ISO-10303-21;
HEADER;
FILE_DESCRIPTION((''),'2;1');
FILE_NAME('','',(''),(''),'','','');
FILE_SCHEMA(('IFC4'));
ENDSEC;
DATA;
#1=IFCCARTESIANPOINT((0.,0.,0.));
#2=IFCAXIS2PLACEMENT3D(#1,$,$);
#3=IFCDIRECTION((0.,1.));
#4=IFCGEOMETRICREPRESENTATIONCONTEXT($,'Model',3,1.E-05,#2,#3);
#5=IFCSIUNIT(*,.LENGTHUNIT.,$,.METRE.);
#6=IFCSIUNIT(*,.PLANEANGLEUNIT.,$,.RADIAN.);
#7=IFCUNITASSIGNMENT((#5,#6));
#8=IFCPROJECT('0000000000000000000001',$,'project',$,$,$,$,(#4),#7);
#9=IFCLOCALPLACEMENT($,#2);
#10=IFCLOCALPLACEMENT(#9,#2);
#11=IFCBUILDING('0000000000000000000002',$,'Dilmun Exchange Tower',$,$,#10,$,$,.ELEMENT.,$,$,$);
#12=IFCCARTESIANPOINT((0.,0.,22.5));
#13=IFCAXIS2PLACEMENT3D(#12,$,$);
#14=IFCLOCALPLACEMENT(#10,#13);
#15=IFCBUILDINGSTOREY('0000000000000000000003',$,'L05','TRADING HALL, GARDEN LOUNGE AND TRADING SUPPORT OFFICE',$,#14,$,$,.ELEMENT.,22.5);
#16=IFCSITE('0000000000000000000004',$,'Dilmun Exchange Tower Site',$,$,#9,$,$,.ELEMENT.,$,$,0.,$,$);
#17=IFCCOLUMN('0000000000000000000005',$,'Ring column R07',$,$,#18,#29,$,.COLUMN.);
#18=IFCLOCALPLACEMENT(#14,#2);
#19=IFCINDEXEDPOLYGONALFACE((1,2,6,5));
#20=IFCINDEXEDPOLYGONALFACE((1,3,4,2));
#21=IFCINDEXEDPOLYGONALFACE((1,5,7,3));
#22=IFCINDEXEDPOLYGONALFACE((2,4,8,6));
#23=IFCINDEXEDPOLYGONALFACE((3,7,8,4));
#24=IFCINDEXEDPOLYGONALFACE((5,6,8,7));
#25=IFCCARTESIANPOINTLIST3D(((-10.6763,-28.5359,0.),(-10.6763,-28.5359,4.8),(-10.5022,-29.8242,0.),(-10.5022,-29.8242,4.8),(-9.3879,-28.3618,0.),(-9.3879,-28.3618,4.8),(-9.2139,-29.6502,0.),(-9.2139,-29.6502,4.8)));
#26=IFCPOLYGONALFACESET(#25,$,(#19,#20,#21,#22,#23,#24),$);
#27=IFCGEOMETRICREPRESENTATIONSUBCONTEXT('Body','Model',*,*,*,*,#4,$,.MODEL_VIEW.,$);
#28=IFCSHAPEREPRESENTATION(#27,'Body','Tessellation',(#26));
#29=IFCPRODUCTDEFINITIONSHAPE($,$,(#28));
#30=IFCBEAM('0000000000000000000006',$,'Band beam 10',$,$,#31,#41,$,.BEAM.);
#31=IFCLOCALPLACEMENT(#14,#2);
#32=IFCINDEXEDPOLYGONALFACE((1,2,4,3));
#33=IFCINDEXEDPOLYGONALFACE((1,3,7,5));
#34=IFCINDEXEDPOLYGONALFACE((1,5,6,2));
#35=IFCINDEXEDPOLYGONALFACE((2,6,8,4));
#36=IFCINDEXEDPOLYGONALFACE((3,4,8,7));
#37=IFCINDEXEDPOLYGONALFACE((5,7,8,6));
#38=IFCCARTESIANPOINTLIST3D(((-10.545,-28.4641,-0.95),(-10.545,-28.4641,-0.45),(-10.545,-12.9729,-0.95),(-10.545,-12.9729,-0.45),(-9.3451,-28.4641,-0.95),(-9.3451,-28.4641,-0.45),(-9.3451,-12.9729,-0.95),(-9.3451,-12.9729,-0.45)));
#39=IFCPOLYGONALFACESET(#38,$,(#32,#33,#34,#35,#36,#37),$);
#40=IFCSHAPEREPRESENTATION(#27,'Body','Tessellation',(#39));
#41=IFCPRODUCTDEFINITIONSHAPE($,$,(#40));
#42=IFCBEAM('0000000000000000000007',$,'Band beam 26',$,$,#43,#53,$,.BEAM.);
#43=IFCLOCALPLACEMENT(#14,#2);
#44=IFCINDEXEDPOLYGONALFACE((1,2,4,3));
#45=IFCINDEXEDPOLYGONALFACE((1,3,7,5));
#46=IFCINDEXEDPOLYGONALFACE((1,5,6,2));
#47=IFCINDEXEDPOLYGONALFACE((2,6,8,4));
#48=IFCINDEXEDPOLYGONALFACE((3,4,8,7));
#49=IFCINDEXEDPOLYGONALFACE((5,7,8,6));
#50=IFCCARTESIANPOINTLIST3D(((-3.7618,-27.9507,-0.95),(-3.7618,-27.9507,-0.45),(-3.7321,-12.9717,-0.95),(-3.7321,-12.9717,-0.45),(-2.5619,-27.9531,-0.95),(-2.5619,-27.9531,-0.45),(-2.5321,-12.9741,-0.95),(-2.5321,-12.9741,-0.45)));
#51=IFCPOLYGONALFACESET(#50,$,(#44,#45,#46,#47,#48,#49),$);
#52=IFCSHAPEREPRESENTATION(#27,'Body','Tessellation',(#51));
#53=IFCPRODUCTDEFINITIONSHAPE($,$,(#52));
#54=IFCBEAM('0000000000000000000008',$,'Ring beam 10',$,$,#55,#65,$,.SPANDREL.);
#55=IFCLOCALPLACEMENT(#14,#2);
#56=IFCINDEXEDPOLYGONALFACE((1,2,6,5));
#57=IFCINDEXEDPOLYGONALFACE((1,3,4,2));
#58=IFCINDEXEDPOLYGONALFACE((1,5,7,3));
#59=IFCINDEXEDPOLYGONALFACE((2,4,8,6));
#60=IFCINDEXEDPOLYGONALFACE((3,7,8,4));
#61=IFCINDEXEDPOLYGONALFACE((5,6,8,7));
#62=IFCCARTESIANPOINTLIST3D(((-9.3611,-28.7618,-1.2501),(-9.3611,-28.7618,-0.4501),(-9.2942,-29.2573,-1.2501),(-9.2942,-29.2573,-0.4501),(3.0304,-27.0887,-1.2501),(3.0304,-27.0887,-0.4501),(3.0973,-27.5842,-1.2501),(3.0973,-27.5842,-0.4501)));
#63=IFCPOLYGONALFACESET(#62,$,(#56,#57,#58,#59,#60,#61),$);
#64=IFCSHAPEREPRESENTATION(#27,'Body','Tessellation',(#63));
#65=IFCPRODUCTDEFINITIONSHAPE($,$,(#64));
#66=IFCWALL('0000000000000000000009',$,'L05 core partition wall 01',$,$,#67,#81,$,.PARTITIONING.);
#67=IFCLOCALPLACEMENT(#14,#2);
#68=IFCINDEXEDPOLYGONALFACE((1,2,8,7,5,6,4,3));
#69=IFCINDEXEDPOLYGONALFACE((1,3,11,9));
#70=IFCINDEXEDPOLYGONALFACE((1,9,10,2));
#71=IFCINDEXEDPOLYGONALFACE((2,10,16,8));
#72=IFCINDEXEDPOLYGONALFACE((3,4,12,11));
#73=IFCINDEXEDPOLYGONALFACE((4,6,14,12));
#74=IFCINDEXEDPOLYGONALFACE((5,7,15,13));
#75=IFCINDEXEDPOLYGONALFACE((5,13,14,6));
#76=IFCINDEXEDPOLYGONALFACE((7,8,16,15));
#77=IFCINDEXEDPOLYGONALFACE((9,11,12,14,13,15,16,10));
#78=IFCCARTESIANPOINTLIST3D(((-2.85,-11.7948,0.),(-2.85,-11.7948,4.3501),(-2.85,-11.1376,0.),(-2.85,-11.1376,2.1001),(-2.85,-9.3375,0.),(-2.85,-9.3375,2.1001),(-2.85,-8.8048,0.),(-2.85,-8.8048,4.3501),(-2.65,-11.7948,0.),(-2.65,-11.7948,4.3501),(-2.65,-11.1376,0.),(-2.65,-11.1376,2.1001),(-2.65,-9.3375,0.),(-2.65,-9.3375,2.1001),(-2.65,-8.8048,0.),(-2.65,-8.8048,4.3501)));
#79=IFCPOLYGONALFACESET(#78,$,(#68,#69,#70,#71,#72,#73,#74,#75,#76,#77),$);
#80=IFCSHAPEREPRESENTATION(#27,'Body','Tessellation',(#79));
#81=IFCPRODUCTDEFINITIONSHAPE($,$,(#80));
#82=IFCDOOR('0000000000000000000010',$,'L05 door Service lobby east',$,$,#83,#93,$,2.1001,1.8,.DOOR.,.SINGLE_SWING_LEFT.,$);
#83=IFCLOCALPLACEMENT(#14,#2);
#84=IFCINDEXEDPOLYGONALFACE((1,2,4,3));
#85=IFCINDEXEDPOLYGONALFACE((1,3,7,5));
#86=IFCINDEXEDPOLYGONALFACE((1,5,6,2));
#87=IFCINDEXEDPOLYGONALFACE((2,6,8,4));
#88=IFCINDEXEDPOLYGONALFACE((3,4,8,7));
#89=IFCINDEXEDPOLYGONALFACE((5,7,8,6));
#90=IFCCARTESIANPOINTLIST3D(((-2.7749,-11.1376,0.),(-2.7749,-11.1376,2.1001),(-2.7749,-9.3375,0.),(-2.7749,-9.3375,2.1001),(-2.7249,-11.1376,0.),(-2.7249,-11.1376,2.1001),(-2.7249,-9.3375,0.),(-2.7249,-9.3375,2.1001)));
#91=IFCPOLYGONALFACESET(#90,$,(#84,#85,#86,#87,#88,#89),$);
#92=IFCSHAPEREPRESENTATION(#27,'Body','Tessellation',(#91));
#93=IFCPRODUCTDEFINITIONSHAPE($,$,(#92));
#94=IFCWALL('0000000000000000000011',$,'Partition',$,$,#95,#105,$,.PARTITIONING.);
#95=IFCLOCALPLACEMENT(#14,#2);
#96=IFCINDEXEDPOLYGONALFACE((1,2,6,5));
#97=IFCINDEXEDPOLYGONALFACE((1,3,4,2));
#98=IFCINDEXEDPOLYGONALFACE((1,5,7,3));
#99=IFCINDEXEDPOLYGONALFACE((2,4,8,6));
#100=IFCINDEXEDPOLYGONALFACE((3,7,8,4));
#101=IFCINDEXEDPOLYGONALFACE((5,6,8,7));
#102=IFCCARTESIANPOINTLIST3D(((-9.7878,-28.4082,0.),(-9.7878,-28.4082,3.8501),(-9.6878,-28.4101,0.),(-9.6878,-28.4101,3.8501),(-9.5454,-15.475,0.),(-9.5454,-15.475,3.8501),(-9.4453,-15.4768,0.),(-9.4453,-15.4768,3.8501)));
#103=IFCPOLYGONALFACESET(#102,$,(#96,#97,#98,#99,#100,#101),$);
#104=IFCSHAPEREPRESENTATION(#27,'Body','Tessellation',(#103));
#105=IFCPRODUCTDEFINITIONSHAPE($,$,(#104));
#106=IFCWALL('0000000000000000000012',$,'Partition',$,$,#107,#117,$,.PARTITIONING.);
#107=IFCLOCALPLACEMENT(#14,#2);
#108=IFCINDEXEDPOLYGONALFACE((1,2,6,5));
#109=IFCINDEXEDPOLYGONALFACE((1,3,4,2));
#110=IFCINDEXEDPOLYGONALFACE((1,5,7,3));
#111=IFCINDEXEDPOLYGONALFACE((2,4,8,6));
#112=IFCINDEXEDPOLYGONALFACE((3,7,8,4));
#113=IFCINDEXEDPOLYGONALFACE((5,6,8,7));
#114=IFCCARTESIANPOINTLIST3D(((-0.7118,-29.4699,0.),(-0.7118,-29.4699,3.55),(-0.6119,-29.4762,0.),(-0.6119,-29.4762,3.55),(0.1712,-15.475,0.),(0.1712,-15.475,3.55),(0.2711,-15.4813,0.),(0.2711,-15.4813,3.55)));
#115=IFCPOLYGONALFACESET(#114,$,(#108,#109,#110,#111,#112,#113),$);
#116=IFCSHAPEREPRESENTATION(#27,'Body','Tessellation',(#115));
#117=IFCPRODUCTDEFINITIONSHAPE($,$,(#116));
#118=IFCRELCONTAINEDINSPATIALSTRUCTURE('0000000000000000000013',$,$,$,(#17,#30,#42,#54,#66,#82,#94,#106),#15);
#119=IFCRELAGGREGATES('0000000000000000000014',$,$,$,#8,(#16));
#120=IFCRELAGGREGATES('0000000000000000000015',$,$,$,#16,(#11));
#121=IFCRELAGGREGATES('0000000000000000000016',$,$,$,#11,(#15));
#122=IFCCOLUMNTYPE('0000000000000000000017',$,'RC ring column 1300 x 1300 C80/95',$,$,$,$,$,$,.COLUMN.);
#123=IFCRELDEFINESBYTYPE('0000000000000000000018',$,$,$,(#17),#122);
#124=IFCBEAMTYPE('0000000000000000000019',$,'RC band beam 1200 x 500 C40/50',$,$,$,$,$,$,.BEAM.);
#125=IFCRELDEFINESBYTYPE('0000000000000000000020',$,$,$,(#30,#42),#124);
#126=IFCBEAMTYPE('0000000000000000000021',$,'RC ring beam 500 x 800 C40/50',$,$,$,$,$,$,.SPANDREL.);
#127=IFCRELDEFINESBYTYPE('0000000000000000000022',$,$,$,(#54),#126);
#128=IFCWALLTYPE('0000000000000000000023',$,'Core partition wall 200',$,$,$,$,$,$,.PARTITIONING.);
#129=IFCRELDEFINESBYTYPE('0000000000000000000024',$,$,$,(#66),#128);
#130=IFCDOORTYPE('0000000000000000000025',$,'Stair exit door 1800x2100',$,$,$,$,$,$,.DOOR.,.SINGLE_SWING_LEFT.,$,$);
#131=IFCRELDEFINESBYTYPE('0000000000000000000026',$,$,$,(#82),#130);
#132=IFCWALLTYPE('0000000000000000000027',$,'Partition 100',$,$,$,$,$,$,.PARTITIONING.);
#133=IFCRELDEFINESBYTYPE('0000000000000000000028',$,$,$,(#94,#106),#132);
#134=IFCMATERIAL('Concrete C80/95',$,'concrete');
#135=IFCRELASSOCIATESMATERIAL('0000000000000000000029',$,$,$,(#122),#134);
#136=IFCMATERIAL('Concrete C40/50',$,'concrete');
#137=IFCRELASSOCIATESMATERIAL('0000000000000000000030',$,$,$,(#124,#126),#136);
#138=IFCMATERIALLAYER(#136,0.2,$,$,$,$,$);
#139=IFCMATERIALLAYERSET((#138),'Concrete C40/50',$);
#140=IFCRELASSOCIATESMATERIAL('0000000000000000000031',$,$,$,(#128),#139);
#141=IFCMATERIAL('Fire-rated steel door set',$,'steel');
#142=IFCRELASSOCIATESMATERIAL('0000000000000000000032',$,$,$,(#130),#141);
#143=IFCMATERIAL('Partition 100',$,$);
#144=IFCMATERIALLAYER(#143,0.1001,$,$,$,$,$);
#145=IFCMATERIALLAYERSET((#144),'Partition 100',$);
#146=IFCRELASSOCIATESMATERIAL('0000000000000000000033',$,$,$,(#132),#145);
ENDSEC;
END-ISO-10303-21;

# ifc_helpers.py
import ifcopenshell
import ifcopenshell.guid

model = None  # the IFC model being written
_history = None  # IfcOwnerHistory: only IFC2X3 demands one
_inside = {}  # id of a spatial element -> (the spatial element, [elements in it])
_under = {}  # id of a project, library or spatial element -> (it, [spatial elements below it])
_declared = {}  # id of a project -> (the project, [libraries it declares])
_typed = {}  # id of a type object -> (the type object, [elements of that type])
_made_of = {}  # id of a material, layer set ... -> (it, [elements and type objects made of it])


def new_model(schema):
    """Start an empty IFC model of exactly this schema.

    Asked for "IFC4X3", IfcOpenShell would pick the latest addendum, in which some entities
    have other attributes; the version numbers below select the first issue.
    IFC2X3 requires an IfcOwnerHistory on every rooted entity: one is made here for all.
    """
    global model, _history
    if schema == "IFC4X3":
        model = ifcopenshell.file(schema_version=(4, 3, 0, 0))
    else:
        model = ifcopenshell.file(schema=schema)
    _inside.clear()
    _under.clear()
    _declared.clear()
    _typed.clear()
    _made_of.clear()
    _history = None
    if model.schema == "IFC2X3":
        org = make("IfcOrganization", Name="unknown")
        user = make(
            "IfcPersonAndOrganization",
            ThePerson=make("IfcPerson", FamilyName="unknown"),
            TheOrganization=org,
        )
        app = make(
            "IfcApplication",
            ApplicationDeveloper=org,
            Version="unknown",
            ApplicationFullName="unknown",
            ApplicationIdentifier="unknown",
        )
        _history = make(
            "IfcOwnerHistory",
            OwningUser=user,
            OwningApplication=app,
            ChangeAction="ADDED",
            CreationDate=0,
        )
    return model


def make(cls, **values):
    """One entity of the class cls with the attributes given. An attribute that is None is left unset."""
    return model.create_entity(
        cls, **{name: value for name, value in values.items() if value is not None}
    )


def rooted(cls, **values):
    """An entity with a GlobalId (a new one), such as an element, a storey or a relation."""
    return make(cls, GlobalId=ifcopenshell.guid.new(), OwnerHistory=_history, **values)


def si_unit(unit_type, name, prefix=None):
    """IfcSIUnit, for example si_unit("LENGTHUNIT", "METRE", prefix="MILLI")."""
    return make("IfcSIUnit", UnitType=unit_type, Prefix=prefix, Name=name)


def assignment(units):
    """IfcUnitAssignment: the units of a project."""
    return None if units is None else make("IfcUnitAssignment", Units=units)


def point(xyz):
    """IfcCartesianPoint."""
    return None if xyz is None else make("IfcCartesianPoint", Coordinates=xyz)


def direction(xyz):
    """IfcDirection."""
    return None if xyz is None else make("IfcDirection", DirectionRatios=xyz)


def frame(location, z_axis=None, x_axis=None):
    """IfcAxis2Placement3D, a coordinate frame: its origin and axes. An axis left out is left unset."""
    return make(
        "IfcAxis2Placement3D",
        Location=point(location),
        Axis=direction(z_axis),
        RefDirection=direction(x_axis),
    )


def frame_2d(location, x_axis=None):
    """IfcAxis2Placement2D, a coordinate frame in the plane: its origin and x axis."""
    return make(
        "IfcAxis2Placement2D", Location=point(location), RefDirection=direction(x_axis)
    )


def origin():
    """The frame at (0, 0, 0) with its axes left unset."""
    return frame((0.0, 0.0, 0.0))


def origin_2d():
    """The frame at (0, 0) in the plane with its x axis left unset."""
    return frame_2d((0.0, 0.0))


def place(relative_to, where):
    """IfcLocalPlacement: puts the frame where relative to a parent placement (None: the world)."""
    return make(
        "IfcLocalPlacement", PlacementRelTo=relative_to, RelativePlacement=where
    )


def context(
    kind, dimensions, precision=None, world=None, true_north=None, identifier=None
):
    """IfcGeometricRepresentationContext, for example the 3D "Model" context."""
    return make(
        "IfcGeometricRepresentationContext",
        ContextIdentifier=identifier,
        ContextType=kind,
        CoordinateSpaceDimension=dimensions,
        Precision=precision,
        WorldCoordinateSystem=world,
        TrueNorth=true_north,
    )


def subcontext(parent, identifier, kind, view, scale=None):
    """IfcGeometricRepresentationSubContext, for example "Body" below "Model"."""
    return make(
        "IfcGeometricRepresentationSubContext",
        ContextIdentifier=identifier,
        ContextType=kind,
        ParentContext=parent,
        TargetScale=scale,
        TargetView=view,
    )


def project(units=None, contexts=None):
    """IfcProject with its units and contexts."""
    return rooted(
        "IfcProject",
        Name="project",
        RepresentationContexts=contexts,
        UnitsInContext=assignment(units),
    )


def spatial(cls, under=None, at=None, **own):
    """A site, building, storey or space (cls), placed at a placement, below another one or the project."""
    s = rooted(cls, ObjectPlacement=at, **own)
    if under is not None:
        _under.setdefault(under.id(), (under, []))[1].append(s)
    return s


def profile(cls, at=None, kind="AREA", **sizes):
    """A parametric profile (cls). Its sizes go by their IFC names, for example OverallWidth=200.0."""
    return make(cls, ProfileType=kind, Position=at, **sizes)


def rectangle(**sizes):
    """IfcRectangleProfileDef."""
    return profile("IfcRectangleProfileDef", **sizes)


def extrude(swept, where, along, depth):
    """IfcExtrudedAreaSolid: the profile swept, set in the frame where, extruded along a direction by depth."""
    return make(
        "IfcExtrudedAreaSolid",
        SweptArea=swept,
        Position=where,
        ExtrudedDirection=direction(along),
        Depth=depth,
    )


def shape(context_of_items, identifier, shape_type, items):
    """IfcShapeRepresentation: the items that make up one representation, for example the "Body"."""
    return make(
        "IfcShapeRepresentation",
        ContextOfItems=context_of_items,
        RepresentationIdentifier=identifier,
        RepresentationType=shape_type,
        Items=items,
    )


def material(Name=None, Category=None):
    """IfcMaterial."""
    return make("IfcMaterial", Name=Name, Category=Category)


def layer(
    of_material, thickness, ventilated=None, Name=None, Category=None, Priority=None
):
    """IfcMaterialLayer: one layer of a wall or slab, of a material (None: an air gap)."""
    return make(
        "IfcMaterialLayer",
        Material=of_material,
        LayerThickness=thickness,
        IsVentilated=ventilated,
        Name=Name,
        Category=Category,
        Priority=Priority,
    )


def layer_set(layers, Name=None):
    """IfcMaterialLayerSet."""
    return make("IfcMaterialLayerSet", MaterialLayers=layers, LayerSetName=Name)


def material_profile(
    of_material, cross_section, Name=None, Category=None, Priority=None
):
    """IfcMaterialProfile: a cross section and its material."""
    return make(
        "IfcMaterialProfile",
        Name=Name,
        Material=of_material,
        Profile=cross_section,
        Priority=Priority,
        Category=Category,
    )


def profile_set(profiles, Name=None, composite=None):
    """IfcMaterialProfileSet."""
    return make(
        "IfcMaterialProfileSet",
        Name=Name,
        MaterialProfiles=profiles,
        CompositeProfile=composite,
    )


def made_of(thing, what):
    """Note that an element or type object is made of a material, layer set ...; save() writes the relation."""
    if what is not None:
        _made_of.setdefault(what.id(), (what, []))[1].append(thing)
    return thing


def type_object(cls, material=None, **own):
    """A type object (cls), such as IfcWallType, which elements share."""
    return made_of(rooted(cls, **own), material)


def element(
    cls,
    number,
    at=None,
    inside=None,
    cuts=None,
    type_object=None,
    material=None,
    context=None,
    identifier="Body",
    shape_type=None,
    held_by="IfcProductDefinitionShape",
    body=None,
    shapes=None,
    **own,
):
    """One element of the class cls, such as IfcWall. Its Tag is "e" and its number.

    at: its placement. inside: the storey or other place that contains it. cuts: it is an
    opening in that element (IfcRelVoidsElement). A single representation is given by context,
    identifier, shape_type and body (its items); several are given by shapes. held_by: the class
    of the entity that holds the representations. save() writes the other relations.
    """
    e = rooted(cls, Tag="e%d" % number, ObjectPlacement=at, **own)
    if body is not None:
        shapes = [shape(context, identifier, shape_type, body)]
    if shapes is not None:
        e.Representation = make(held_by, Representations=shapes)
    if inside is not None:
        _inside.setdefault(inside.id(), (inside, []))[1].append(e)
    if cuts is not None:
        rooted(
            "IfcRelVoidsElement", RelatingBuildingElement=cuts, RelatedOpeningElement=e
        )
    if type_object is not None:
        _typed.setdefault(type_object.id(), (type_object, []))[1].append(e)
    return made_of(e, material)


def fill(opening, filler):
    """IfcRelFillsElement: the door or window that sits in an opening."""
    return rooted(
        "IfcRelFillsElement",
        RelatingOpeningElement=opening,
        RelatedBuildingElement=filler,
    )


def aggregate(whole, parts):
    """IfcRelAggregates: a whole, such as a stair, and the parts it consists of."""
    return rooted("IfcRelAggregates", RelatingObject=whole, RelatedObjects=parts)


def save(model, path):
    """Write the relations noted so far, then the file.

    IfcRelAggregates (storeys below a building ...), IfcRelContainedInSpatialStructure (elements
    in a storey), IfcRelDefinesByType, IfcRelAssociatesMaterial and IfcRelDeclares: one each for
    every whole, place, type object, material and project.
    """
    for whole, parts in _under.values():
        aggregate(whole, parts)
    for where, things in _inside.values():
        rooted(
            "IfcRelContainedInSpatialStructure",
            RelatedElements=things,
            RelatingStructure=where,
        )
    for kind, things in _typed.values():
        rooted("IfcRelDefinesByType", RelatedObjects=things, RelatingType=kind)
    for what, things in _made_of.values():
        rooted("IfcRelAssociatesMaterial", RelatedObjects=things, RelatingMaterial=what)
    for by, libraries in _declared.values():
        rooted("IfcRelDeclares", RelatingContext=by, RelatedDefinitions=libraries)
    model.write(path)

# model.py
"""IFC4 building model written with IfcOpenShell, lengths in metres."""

from ifc_helpers import new_model, si_unit, direction, frame, frame_2d, origin, origin_2d, place, context, subcontext, project, spatial, rectangle, extrude, material, layer, layer_set, material_profile, profile_set, type_object, element, fill, save


model = new_model("IFC4")

# Units and contexts
model_context = context("Model", 3, precision=1e-05, world=origin(), true_north=direction((0.0, 1.0)))
body_context = subcontext(model_context, "Body", "Model", "MODEL_VIEW")
ifc_project = project(units=[si_unit("LENGTHUNIT", "METRE"), si_unit("PLANEANGLEUNIT", "RADIAN")], contexts=[model_context])

# Site, building, storey
site_placement = place(None, origin())
site = spatial("IfcSite", under=ifc_project, at=site_placement, Name="Dilmun Exchange Tower Site", CompositionType="ELEMENT", RefElevation=0.0)
building_placement = place(site_placement, origin())
building = spatial("IfcBuilding", under=site, at=building_placement, Name="Dilmun Exchange Tower", CompositionType="ELEMENT")
storey_placement = place(building_placement, frame((0.0, 0.0, 22.5)))
storey = spatial("IfcBuildingStorey", under=building, at=storey_placement, Name="L05", Description="TRADING HALL, GARDEN LOUNGE AND TRADING SUPPORT OFFICE", CompositionType="ELEMENT", Elevation=22.5)

# Column
ifc_material_1 = material(Name="Concrete C80/95", Category="concrete")
ifc_material_profile_1 = material_profile(ifc_material_1, rectangle(XDim=1.3, YDim=1.3, at=origin_2d()), Name="1300 x 1300")
ifc_profile_set_1 = profile_set([ifc_material_profile_1], Name="Concrete C80/95")
column_type = type_object("IfcColumnType", Name="RC ring column 1300 x 1300 C80/95", PredefinedType="COLUMN", material=ifc_profile_set_1)
column_placement = place(storey_placement, frame((-9.9451, -29.093, 0.0), z_axis=(0.0, 0.0, 1.0), x_axis=(0.991001, 0.133853, 0.0)))
element("IfcColumn", 1, at=column_placement, inside=storey, type_object=column_type, Name="Ring column R07", PredefinedType="COLUMN", context=body_context, shape_type="SweptSolid", body=[
    extrude(rectangle(XDim=1.3, YDim=1.3, at=origin_2d()), origin(), (0.0, 0.0, 1.0), 4.8),
])

# Beams
ifc_material_2 = material(Name="Concrete C40/50", Category="concrete")
ifc_material_profile_2 = material_profile(ifc_material_2, rectangle(XDim=1.2, YDim=0.5, at=origin_2d()), Name="1200 x 500")
ifc_profile_set_2 = profile_set([ifc_material_profile_2], Name="Concrete C40/50")
beam_type_1 = type_object("IfcBeamType", Name="RC band beam 1200 x 500 C40/50", PredefinedType="BEAM", material=ifc_profile_set_2)
beam_1_placement = place(storey_placement, frame((-9.9451, -28.4641, -0.7), z_axis=(0.0, 1.0, 0.0), x_axis=(-1.0, 0.0, 0.0)))
element("IfcBeam", 2, at=beam_1_placement, inside=storey, type_object=beam_type_1, Name="Band beam 10", PredefinedType="BEAM", context=body_context, shape_type="SweptSolid", body=[
    extrude(rectangle(XDim=1.2, YDim=0.5, at=origin_2d()), origin(), (0.0, 0.0, 1.0), 15.4912),
])
beam_2_placement = place(storey_placement, frame((-3.1619, -27.9519, -0.7), z_axis=(0.001988, 0.999998, 0.0), x_axis=(-0.999998, 0.001988, 0.0)))
element("IfcBeam", 3, at=beam_2_placement, inside=storey, type_object=beam_type_1, Name="Band beam 26", PredefinedType="BEAM", context=body_context, shape_type="SweptSolid", body=[
    extrude(rectangle(XDim=1.2, YDim=0.5, at=origin_2d()), origin(), (0.0, 0.0, 1.0), 14.979),
])
ifc_material_profile_3 = material_profile(ifc_material_2, rectangle(XDim=0.5, YDim=0.8, at=origin_2d()), Name="500 x 800")
ifc_profile_set_3 = profile_set([ifc_material_profile_3], Name="Concrete C40/50")
beam_type_2 = type_object("IfcBeamType", Name="RC ring beam 500 x 800 C40/50", PredefinedType="SPANDREL", material=ifc_profile_set_3)
beam_3_placement = place(storey_placement, frame((-9.3276, -29.0095, -0.8501), z_axis=(0.991007, 0.133807, 0.0), x_axis=(-0.133807, 0.991007, 0.0)))
element("IfcBeam", 4, at=beam_3_placement, inside=storey, type_object=beam_type_2, Name="Ring beam 10", PredefinedType="SPANDREL", context=body_context, shape_type="SweptSolid", body=[
    extrude(rectangle(XDim=0.5, YDim=0.8, at=origin_2d()), origin(), (0.0, 0.0, 1.0), 12.5039),
])

# Wall, opening, door
ifc_layer_1 = layer(ifc_material_2, 0.2)
ifc_layer_set_1 = layer_set([ifc_layer_1], Name="Concrete C40/50")
wall_type_1 = type_object("IfcWallType", Name="Core partition wall 200", PredefinedType="PARTITIONING", material=ifc_layer_set_1)
wall_1_placement = place(storey_placement, frame((-2.75, -11.7949, 0.0), z_axis=(0.0, 0.0, 1.0), x_axis=(0.0, 1.0, 0.0)))
wall_1 = element("IfcWall", 5, at=wall_1_placement, inside=storey, type_object=wall_type_1, Name="L05 core partition wall 01", PredefinedType="PARTITIONING", context=body_context, shape_type="SweptSolid", body=[
    extrude(rectangle(XDim=2.99, YDim=0.2, at=frame_2d((1.4951, 0.0))), origin(), (0.0, 0.0, 1.0), 4.3501),
])
opening_placement = place(wall_1_placement, frame((0.6575, 0.0, 0.0)))
opening = element("IfcOpeningElement", 6, at=opening_placement, cuts=wall_1, PredefinedType="OPENING", context=body_context, shape_type="SweptSolid", body=[
    extrude(rectangle(XDim=1.8, YDim=2.1001, at=frame_2d((0.8999, 1.05))), frame((0.0, 0.1099, 0.0), z_axis=(0.0, -1.0, 0.0), x_axis=(1.0, 0.0, 0.0)), (0.0, 0.0, 1.0), 0.22),
])
ifc_material_3 = material(Name="Fire-rated steel door set", Category="steel")
door_type = type_object("IfcDoorType", Name="Stair exit door 1800x2100", OperationType="SINGLE_SWING_LEFT", PredefinedType="DOOR", material=ifc_material_3)
door_placement = place(opening_placement, origin())
door = element("IfcDoor", 7, at=door_placement, inside=storey, type_object=door_type, Name="L05 door Service lobby east", OperationType="SINGLE_SWING_LEFT", OverallHeight=2.1001, OverallWidth=1.8, PredefinedType="DOOR", context=body_context, shape_type="SweptSolid", body=[
    extrude(rectangle(XDim=1.8, YDim=2.1001, at=frame_2d((0.8999, 1.05))), frame((0.0, 0.0249, 0.0), z_axis=(0.0, -1.0, 0.0), x_axis=(1.0, 0.0, 0.0)), (0.0, 0.0, 1.0), 0.05),
])
fill(opening, door)

# Walls
ifc_material_4 = material(Name="Partition 100")
ifc_layer_2 = layer(ifc_material_4, 0.1001)
ifc_layer_set_2 = layer_set([ifc_layer_2], Name="Partition 100")
wall_type_2 = type_object("IfcWallType", Name="Partition 100", PredefinedType="PARTITIONING", material=ifc_layer_set_2)
wall_2_placement = place(storey_placement, frame((-9.7378, -28.4092, 0.0), z_axis=(0.0, 0.0, 1.0), x_axis=(0.018741, 0.999824, 0.0)))
element("IfcWall", 8, at=wall_2_placement, inside=storey, type_object=wall_type_2, Name="Partition", PredefinedType="PARTITIONING", context=body_context, shape_type="SweptSolid", body=[
    extrude(rectangle(XDim=12.9355, YDim=0.1001, at=frame_2d((6.4678, 0.0))), origin(), (0.0, 0.0, 1.0), 3.8501),
])
wall_3_placement = place(storey_placement, frame((-0.6619, -29.4729, 0.0), z_axis=(0.0, 0.0, 1.0), x_axis=(0.062973, 0.998015, 0.0)))
element("IfcWall", 9, at=wall_3_placement, inside=storey, type_object=wall_type_2, Name="Partition", PredefinedType="PARTITIONING", context=body_context, shape_type="SweptSolid", body=[
    extrude(rectangle(XDim=14.0227, YDim=0.1001, at=frame_2d((7.0112, 0.0))), origin(), (0.0, 0.0, 1.0), 3.55),
])

save(model, "model.ifc")
